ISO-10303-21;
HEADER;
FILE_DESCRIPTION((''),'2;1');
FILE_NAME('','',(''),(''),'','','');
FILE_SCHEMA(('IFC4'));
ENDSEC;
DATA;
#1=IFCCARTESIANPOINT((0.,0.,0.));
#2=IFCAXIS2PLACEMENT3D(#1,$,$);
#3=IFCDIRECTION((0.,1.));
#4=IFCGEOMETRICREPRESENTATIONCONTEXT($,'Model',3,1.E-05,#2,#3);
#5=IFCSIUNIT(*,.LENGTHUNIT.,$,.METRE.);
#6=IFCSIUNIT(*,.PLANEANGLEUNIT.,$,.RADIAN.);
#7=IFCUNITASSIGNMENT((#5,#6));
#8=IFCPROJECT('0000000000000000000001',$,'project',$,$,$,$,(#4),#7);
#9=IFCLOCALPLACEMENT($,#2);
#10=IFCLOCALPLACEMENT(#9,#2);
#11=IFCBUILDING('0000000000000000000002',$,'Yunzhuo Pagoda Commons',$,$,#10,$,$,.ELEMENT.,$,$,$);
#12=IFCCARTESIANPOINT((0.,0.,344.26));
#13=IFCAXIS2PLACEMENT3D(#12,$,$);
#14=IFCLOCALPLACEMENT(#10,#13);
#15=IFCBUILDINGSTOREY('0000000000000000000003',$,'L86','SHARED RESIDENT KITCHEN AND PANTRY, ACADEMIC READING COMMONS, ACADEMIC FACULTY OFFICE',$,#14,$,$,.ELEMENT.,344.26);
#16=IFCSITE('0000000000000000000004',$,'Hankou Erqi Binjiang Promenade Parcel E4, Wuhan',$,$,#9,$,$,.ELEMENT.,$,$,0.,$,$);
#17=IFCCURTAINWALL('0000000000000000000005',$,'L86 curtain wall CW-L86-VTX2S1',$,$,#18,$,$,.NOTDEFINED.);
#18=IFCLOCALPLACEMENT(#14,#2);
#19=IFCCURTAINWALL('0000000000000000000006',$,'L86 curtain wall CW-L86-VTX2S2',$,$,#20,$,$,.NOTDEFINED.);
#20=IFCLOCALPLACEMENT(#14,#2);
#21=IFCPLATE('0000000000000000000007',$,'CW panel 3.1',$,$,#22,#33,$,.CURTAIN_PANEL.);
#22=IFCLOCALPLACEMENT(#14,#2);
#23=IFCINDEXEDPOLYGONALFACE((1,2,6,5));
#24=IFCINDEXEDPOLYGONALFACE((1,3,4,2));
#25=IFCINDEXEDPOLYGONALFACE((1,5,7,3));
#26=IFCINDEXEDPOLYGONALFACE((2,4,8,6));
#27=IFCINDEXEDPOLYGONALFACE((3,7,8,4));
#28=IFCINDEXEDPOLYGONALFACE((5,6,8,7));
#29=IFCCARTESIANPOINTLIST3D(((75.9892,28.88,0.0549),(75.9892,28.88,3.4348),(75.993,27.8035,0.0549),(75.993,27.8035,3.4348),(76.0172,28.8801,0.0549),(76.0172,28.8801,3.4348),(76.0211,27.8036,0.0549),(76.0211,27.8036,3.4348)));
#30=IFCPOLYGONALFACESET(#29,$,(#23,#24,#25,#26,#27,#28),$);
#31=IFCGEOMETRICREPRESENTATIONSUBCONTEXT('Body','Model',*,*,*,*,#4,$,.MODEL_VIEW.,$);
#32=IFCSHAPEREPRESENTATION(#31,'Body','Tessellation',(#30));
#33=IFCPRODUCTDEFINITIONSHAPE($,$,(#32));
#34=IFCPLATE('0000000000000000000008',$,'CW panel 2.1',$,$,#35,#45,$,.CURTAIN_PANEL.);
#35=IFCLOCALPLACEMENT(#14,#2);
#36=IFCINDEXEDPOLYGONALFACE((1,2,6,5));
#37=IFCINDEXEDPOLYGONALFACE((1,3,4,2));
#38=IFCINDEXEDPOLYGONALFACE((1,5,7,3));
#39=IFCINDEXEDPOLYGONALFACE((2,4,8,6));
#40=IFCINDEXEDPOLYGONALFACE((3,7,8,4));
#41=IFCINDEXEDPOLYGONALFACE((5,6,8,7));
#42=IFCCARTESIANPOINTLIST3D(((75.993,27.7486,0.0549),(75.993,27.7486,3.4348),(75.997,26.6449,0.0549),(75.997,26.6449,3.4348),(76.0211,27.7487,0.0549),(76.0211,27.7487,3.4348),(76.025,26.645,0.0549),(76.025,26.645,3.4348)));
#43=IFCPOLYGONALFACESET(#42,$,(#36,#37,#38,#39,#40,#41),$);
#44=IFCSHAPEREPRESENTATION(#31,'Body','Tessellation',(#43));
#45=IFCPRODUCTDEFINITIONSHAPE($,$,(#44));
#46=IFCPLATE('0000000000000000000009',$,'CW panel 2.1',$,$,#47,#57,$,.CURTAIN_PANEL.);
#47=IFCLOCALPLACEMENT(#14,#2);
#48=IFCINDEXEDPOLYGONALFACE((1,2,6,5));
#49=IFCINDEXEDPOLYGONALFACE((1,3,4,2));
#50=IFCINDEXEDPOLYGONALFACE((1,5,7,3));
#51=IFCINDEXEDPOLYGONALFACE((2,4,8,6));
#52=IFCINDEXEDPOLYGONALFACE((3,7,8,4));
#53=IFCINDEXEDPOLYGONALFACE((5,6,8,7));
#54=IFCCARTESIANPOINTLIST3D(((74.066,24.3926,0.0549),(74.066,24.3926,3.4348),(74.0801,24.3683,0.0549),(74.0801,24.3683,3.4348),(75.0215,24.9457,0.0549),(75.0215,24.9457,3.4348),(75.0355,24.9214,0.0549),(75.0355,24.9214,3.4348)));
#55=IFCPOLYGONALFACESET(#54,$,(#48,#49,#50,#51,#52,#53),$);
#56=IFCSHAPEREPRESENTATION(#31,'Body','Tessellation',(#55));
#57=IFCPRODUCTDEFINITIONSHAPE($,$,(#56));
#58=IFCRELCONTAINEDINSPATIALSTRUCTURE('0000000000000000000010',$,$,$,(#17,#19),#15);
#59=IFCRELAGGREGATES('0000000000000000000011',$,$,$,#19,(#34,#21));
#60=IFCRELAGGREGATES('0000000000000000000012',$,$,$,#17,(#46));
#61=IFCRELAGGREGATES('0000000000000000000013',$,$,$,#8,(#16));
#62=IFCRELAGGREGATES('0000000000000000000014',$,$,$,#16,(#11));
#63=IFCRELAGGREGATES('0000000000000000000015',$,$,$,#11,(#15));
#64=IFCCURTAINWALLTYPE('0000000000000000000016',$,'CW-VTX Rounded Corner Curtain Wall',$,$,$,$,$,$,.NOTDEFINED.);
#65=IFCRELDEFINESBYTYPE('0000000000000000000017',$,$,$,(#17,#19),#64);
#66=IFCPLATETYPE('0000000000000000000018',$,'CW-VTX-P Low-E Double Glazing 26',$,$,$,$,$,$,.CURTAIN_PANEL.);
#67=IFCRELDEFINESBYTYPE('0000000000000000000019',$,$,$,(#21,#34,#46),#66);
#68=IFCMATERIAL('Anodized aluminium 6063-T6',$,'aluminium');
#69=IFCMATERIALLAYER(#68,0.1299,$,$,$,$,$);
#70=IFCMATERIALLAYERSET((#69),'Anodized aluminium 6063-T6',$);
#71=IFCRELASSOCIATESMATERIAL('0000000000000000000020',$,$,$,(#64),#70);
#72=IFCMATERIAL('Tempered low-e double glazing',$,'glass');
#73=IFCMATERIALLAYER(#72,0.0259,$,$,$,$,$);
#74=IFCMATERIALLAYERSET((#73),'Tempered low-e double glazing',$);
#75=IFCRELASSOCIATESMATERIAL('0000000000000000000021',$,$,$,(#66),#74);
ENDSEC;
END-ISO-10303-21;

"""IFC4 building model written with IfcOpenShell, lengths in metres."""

from ifc_helpers import new_model, si_unit, direction, frame, origin, origin_2d, place, context, subcontext, project, spatial, rectangle, extrude, source, transform, mapped, material, layer, layer_set, type_object, element, aggregate, save


model = new_model("IFC4")

# Units and contexts
model_context = context("Model", 3, precision=1e-05, world=origin(), true_north=direction((0.0, 1.0)))
body_context = subcontext(model_context, "Body", "Model", "MODEL_VIEW")
ifc_project = project(units=[si_unit("LENGTHUNIT", "METRE"), si_unit("PLANEANGLEUNIT", "RADIAN")], contexts=[model_context])

# Site, building, storey
site_placement = place(None, origin())
site = spatial("IfcSite", under=ifc_project, at=site_placement, Name="Hankou Erqi Binjiang Promenade Parcel E4, Wuhan", CompositionType="ELEMENT", RefElevation=0.0)
building_placement = place(site_placement, origin())
building = spatial("IfcBuilding", under=site, at=building_placement, Name="Yunzhuo Pagoda Commons", CompositionType="ELEMENT")
storey_placement = place(building_placement, frame((0.0, 0.0, 344.26)))
storey = spatial("IfcBuildingStorey", under=building, at=storey_placement, Name="L86", Description="SHARED RESIDENT KITCHEN AND PANTRY, ACADEMIC READING COMMONS, ACADEMIC FACULTY OFFICE", CompositionType="ELEMENT", Elevation=344.26)

# Shared definitions
ifc_material_1 = material(Name="Anodized aluminium 6063-T6", Category="aluminium")

# Curtain wall
ifc_layer_1 = layer(ifc_material_1, 0.1299)
ifc_layer_set_1 = layer_set([ifc_layer_1], Name="Anodized aluminium 6063-T6")
curtain_wall_type_1 = type_object("IfcCurtainWallType", Name="CW-VTX Rounded Corner Curtain Wall", PredefinedType="NOTDEFINED", material=ifc_layer_set_1)
curtain_wall_1_placement = place(storey_placement, origin())
curtain_wall_1 = element("IfcCurtainWall", 1, at=curtain_wall_1_placement, inside=storey, type_object=curtain_wall_type_1, Name="L86 curtain wall CW-L86-VTX2S1", PredefinedType="NOTDEFINED")

# Curtain wall
curtain_wall_2_placement = place(storey_placement, origin())
curtain_wall_2 = element("IfcCurtainWall", 2, at=curtain_wall_2_placement, inside=storey, type_object=curtain_wall_type_1, Name="L86 curtain wall CW-L86-VTX2S2", PredefinedType="NOTDEFINED")

# Plates
ifc_material_2 = material(Name="Tempered low-e double glazing", Category="glass")
ifc_layer_2 = layer(ifc_material_2, 0.0259)
ifc_layer_set_2 = layer_set([ifc_layer_2], Name="Tempered low-e double glazing")
plate_type = type_object("IfcPlateType", Name="CW-VTX-P Low-E Double Glazing 26", PredefinedType="CURTAIN_PANEL", material=ifc_layer_set_2)
shared_shape_1 = source(origin(), body_context, "Body", "SweptSolid", [
    extrude(rectangle(XDim=1.0764, YDim=0.0281, at=origin_2d()), origin(), (0.0, 0.0, 1.0), 3.3799),
])
plate_1_placement = place(storey_placement, frame((76.0051, 28.3418, 0.0549), z_axis=(0.0, 0.0, 1.0), x_axis=(-0.003567, 0.999994, 0.0)))
plate_1 = element("IfcPlate", 3, at=plate_1_placement, type_object=plate_type, Name="CW panel 3.1", PredefinedType="CURTAIN_PANEL", context=body_context, shape_type="MappedRepresentation", body=[
    mapped(shared_shape_1, transform((0.0, 0.0, 0.0), scale=1.0)),
])
shared_shape_2 = source(origin(), body_context, "Body", "SweptSolid", [
    extrude(rectangle(XDim=1.1038, YDim=0.0281, at=origin_2d()), origin(), (0.0, 0.0, 1.0), 3.3799),
])
plate_2_placement = place(storey_placement, frame((76.009, 27.1968, 0.0549), z_axis=(0.0, 0.0, 1.0), x_axis=(-0.003567, 0.999994, 0.0)))
plate_2 = element("IfcPlate", 4, at=plate_2_placement, type_object=plate_type, Name="CW panel 2.1", PredefinedType="CURTAIN_PANEL", context=body_context, shape_type="MappedRepresentation", body=[
    mapped(shared_shape_2, transform((0.0, 0.0, 0.0), scale=1.0)),
])
aggregate(curtain_wall_2, [plate_2, plate_1])
shared_shape_3 = source(origin(), body_context, "Body", "SweptSolid", [
    extrude(rectangle(XDim=1.104, YDim=0.0281, at=origin_2d()), origin(), (0.0, 0.0, 1.0), 3.3799),
])
plate_3_placement = place(storey_placement, frame((74.5508, 24.657, 0.0549), z_axis=(0.0, 0.0, 1.0), x_axis=(0.865431, 0.501028, 0.0)))
plate_3 = element("IfcPlate", 5, at=plate_3_placement, type_object=plate_type, Name="CW panel 2.1", PredefinedType="CURTAIN_PANEL", context=body_context, shape_type="MappedRepresentation", body=[
    mapped(shared_shape_3, transform((0.0, 0.0, 0.0), scale=1.0)),
])
aggregate(curtain_wall_1, [plate_3])

save(model, "model.ifc")
